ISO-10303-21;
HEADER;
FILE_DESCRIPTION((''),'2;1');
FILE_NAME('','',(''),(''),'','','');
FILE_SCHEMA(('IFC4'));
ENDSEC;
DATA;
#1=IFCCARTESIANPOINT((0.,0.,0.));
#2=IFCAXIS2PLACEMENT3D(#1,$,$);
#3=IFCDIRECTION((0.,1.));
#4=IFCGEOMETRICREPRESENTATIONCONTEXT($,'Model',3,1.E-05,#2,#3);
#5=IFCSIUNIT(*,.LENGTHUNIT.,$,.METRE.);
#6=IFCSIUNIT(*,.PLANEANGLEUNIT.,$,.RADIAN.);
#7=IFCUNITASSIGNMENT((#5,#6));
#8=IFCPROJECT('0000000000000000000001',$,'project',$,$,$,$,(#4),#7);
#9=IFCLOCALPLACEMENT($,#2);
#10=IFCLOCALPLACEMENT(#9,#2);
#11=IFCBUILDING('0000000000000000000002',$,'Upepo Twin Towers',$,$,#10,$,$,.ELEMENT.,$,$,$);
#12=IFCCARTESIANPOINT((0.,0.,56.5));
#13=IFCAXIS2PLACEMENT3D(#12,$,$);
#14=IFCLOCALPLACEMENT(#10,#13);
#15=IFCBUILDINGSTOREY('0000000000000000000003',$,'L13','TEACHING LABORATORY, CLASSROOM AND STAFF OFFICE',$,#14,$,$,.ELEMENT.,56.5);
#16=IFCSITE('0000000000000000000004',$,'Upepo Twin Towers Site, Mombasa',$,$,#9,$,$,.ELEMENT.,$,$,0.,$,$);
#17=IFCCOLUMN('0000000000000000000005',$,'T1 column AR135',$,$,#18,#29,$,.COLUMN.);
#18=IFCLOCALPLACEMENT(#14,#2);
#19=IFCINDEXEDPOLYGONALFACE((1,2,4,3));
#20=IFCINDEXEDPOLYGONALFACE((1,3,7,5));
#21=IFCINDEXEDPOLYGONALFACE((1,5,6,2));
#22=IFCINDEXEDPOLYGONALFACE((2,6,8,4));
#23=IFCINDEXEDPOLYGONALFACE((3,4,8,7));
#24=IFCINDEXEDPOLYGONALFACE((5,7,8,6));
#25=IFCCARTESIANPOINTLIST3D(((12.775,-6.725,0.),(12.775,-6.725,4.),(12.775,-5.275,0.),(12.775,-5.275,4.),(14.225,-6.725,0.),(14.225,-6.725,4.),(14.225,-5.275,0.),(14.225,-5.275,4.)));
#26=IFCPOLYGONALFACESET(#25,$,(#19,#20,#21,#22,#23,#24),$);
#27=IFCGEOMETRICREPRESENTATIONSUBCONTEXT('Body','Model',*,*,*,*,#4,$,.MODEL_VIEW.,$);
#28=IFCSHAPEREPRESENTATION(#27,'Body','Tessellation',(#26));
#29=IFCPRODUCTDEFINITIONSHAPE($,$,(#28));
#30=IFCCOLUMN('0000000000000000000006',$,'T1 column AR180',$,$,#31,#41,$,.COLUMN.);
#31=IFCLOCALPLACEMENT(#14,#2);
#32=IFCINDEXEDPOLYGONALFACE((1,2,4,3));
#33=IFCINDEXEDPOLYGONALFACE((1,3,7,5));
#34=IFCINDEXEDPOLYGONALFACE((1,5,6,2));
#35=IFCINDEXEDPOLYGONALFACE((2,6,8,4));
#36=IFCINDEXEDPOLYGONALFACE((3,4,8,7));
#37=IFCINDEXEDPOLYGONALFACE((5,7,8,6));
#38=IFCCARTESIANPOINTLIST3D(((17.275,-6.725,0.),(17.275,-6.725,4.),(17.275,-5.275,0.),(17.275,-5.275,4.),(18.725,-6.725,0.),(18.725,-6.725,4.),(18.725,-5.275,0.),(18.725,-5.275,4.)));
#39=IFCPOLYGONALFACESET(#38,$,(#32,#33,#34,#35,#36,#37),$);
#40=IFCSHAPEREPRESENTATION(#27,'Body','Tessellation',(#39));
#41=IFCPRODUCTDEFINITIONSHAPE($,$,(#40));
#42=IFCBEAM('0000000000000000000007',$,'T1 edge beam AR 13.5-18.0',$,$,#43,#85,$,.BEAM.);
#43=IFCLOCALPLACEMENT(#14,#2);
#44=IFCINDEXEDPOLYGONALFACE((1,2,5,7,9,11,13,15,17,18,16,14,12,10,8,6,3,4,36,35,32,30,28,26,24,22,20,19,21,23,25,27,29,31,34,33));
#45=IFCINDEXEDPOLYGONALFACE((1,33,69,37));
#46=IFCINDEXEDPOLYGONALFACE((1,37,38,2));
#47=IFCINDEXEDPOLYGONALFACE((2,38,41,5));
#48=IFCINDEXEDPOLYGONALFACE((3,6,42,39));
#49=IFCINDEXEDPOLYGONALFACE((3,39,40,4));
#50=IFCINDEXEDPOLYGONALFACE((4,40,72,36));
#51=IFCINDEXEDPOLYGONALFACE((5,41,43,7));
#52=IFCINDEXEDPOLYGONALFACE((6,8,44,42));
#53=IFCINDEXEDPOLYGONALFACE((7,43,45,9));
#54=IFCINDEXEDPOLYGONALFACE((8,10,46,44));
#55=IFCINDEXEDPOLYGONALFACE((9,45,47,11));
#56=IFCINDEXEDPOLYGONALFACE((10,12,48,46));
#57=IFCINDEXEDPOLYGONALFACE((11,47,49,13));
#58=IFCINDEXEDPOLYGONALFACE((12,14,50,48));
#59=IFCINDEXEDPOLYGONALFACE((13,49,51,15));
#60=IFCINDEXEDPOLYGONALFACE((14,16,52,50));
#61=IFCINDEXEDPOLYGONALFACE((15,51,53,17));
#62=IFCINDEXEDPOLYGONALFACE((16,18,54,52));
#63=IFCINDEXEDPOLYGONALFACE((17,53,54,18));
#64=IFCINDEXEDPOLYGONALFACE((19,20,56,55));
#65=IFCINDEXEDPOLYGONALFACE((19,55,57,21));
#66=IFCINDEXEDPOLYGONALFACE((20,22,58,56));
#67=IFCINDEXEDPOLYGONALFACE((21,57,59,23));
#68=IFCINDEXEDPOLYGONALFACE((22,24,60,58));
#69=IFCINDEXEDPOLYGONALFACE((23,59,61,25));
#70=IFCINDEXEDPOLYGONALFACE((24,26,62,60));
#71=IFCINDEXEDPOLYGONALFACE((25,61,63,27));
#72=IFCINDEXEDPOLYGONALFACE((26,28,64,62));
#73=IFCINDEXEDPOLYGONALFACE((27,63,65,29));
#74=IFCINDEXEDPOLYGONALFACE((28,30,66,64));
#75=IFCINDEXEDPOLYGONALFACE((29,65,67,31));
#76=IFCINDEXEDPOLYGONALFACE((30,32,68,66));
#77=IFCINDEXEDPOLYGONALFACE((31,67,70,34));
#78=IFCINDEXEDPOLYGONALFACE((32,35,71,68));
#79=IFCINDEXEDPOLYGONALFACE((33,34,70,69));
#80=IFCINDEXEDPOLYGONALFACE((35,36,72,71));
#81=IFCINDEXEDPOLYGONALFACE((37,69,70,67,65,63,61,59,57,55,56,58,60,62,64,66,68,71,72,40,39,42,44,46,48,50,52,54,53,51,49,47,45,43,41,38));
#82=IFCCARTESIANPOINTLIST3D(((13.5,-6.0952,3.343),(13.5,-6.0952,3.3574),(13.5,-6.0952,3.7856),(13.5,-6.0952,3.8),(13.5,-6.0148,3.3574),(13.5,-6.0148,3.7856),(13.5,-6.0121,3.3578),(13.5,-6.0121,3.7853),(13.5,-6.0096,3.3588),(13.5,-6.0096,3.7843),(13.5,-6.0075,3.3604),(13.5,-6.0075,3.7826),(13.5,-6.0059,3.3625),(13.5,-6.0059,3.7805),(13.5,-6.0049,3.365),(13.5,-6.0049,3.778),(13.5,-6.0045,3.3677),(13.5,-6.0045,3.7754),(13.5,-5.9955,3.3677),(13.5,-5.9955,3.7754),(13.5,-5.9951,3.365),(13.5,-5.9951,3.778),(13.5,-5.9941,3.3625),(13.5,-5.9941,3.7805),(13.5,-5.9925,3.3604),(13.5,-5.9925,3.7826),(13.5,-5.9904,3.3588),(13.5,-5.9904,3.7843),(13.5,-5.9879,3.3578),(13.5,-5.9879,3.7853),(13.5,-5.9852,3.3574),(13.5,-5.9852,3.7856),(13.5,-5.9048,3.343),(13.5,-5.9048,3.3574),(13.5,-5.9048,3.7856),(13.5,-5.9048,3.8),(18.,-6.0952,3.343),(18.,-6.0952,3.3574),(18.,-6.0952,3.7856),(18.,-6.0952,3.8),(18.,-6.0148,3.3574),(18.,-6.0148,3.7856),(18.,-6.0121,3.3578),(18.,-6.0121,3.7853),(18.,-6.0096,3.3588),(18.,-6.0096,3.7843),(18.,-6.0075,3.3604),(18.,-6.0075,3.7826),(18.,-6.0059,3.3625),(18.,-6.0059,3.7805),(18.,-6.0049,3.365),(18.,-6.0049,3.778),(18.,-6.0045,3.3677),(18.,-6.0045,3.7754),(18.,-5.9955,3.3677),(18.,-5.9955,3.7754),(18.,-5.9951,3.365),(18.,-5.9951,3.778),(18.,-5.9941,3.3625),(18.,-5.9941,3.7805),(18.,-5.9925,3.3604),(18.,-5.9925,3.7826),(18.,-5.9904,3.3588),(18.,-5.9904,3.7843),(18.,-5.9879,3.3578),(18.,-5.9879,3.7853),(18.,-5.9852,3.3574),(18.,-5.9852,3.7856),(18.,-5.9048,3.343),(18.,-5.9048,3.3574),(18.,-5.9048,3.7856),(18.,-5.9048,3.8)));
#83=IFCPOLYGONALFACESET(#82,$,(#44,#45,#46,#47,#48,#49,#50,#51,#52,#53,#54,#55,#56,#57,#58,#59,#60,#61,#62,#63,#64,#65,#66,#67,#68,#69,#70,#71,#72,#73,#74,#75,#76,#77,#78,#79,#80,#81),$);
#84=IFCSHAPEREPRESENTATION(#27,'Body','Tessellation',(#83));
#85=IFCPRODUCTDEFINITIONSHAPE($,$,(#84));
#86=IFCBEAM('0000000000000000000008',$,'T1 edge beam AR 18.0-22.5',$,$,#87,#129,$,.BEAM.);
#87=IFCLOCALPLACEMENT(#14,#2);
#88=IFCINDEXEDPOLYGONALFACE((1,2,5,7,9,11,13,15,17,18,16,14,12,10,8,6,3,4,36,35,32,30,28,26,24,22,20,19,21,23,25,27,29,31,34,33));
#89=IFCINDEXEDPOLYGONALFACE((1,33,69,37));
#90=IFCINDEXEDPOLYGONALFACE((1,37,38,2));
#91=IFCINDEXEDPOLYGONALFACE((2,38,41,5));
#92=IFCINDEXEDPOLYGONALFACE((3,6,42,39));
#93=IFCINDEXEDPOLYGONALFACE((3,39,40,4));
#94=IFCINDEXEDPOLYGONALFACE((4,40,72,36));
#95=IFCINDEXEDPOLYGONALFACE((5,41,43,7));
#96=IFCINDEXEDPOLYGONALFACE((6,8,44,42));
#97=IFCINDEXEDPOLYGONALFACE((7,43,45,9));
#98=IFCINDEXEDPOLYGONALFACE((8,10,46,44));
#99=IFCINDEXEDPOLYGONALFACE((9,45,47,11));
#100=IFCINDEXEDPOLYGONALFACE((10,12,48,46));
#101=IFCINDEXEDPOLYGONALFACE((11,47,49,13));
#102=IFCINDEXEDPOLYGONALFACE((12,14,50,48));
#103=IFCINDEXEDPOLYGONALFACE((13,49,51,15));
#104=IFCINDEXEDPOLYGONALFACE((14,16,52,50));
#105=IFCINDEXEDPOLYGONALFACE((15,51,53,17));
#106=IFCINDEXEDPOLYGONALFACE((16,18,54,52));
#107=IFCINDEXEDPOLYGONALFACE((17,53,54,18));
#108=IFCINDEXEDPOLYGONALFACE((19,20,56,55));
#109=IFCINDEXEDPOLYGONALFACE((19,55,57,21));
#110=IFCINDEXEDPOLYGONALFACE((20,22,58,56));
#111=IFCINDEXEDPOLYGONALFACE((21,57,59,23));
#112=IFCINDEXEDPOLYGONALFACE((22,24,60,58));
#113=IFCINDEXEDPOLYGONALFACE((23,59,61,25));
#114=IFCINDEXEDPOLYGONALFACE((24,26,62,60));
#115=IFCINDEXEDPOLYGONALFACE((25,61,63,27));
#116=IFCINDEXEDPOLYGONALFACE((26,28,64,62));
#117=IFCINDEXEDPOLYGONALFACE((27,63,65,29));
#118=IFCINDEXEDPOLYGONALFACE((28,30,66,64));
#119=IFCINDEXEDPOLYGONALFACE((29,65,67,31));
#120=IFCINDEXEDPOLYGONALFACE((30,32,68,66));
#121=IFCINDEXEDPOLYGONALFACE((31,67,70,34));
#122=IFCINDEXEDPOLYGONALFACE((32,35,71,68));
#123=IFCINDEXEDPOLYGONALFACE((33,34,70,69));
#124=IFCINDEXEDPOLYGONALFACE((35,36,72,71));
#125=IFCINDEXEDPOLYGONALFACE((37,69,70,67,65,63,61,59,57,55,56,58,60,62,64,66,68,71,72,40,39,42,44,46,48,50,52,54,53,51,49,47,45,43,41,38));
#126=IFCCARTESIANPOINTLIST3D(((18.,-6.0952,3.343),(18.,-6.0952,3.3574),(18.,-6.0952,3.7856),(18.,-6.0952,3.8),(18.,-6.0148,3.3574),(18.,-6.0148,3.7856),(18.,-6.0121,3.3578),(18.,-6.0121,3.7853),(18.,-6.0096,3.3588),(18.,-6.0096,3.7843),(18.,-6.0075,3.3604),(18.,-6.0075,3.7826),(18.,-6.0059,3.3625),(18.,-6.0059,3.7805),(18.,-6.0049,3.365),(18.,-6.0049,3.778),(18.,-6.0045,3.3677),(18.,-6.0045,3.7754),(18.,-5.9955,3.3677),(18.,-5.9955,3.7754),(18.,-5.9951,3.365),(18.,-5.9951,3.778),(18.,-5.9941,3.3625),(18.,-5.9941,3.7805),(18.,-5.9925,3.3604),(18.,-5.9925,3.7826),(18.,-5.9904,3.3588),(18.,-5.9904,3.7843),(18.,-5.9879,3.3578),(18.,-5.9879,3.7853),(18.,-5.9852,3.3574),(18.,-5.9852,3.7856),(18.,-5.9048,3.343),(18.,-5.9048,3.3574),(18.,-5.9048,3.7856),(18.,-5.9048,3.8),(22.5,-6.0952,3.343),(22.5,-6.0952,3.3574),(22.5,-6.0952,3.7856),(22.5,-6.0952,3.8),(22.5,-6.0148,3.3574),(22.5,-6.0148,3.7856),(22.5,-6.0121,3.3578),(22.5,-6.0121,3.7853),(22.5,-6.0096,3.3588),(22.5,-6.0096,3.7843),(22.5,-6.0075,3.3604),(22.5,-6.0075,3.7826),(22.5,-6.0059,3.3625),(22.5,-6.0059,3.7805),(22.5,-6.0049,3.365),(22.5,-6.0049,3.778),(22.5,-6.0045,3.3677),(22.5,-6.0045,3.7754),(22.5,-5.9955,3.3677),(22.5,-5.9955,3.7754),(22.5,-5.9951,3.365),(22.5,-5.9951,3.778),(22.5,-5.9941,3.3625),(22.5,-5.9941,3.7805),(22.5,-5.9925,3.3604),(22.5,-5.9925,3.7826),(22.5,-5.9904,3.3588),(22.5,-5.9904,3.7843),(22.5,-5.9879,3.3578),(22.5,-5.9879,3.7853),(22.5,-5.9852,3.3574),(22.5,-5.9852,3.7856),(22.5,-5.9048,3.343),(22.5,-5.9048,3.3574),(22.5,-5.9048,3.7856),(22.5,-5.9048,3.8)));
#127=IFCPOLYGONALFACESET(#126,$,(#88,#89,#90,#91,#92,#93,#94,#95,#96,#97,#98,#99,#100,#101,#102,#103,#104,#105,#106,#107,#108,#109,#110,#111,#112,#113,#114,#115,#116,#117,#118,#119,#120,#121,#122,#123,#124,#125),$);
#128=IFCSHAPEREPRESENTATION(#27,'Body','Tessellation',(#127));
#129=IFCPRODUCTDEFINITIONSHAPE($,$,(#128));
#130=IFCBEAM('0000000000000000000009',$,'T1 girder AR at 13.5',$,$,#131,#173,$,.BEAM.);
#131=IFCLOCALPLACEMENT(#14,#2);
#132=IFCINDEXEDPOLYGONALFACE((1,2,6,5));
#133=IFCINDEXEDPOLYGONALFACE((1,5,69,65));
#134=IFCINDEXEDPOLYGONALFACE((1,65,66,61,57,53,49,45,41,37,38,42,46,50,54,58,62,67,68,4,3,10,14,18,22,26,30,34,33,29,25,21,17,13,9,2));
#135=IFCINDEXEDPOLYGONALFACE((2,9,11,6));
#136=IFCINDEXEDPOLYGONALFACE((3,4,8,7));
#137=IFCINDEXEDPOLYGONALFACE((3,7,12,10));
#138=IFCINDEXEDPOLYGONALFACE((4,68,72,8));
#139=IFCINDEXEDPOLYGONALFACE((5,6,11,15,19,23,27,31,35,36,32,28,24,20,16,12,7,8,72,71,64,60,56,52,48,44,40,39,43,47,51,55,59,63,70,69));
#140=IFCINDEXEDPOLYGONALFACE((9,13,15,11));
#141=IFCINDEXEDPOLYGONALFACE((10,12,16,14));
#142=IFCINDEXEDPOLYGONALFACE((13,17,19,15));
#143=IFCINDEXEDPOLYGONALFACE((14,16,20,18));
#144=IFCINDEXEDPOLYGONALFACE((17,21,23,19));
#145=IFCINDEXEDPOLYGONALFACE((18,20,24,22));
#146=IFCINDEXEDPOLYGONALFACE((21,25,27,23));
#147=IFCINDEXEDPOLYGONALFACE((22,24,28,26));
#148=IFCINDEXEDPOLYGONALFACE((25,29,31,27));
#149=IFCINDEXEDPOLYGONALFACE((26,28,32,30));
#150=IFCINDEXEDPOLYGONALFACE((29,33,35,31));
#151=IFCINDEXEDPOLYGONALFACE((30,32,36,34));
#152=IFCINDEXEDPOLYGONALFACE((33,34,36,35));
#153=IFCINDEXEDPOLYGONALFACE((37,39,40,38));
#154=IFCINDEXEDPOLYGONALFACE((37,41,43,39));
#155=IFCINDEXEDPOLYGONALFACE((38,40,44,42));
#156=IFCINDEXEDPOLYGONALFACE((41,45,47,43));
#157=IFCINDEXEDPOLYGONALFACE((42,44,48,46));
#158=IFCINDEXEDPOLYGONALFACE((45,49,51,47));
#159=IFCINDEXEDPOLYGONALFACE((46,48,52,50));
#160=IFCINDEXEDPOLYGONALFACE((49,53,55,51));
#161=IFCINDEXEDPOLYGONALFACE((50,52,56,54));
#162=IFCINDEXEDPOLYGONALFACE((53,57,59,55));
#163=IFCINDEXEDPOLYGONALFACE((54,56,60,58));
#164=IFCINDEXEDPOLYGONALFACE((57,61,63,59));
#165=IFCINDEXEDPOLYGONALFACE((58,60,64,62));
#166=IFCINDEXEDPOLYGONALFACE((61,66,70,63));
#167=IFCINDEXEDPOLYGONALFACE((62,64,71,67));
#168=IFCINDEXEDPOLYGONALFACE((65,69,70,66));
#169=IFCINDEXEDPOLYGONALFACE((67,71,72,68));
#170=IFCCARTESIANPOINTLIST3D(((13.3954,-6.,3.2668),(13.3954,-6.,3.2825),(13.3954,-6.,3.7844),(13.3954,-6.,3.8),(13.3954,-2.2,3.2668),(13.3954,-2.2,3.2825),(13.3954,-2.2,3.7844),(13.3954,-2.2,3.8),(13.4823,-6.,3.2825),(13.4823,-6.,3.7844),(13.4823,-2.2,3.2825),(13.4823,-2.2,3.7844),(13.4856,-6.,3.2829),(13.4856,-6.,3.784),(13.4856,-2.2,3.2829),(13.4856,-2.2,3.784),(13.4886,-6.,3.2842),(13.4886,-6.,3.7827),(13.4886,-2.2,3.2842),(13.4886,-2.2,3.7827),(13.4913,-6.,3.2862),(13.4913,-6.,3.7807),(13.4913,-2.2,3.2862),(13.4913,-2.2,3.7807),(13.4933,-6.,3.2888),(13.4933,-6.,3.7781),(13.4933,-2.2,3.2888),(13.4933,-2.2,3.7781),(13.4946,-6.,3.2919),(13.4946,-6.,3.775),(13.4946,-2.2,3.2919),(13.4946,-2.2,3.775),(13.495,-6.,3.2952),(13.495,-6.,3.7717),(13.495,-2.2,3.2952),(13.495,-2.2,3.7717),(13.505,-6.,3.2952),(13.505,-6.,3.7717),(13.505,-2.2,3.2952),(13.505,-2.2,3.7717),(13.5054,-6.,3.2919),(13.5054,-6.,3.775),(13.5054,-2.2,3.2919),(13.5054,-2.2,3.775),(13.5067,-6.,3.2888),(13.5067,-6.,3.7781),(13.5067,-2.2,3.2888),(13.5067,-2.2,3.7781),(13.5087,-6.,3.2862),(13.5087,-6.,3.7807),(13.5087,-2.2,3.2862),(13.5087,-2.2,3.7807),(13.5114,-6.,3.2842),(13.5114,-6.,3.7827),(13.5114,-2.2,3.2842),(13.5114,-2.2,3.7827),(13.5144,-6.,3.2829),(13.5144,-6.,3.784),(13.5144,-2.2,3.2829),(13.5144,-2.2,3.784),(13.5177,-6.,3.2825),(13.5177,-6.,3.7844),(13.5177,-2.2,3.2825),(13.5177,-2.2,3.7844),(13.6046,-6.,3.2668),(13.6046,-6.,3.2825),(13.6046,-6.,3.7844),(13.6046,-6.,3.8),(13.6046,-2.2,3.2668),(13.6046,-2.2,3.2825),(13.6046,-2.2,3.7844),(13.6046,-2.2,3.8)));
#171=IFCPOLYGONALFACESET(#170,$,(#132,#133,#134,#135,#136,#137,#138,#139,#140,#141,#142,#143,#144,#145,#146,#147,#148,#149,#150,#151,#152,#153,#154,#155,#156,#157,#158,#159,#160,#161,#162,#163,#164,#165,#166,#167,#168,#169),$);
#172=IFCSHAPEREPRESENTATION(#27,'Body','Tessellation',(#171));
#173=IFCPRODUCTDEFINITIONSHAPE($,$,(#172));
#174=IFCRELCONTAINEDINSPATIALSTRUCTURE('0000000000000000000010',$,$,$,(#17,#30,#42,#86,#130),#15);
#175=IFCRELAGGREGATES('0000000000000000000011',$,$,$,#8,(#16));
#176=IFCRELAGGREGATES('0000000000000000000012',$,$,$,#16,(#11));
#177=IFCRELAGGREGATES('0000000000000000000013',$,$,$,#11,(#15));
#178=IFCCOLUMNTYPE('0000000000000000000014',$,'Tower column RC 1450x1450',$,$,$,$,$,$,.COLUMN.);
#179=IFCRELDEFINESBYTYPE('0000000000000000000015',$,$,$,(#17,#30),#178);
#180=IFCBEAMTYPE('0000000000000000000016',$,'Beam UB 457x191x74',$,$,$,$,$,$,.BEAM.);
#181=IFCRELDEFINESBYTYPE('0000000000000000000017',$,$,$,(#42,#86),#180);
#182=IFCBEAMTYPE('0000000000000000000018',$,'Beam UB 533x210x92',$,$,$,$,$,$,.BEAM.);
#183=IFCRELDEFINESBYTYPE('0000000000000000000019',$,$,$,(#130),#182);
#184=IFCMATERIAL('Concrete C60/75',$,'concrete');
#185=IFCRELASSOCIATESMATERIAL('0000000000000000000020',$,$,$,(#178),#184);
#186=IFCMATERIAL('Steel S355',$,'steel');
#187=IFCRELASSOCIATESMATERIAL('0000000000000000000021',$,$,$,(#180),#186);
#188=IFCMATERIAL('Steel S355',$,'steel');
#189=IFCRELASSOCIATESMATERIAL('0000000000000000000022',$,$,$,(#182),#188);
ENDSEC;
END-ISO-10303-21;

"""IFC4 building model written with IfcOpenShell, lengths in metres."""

from ifc_helpers import new_model, si_unit, direction, frame, origin, origin_2d, place, context, subcontext, project, spatial, rectangle, i_section, extrude, material, material_profile, profile_set, type_object, element, save


model = new_model("IFC4")

# Units and contexts
model_context = context("Model", 3, precision=1e-05, world=origin(), true_north=direction((0.0, 1.0)))
body_context = subcontext(model_context, "Body", "Model", "MODEL_VIEW")
ifc_project = project(units=[si_unit("LENGTHUNIT", "METRE"), si_unit("PLANEANGLEUNIT", "RADIAN")], contexts=[model_context])

# Site, building, storey
site_placement = place(None, origin())
site = spatial("IfcSite", under=ifc_project, at=site_placement, Name="Upepo Twin Towers Site, Mombasa", CompositionType="ELEMENT", RefElevation=0.0)
building_placement = place(site_placement, origin())
building = spatial("IfcBuilding", under=site, at=building_placement, Name="Upepo Twin Towers", CompositionType="ELEMENT")
storey_placement = place(building_placement, frame((0.0, 0.0, 56.5)))
storey = spatial("IfcBuildingStorey", under=building, at=storey_placement, Name="L13", Description="TEACHING LABORATORY, CLASSROOM AND STAFF OFFICE", CompositionType="ELEMENT", Elevation=56.5)

# Columns
ifc_material_1 = material(Name="Concrete C60/75", Category="concrete")
ifc_material_profile_1 = material_profile(ifc_material_1, rectangle(XDim=1.45, YDim=1.45, at=origin_2d()), Name="RC 1450x1450")
ifc_profile_set_1 = profile_set([ifc_material_profile_1], Name="Concrete C60/75")
column_type = type_object("IfcColumnType", Name="Tower column RC 1450x1450", PredefinedType="COLUMN", material=ifc_profile_set_1)
for number, where, z_axis, x_axis, name in (
    (1, (13.5, -6.0, 0.0), (0.0, 0.0, 1.0), (1.0, 0.0, 0.0), "T1 column AR135"),
    (2, (18.0, -6.0, 0.0), (0.0, 0.0, 1.0), (1.0, 0.0, 0.0), "T1 column AR180"),
):
    element("IfcColumn", number, at=place(storey_placement, frame(where, z_axis=z_axis, x_axis=x_axis)), inside=storey, type_object=column_type, Name=name, PredefinedType="COLUMN", context=body_context, shape_type="SweptSolid", body=[
        extrude(rectangle(XDim=1.45, YDim=1.45, at=origin_2d()), origin(), (0.0, 0.0, 1.0), 4.0),
    ])

# Beams
ifc_material_2 = material(Name="Steel S355", Category="steel")
ifc_material_profile_2 = material_profile(ifc_material_2, i_section(OverallWidth=0.1904, OverallDepth=0.457, WebThickness=0.009, FlangeThickness=0.0144, FilletRadius=0.0103, at=origin_2d()), Name="UB 457x191x74")
ifc_profile_set_2 = profile_set([ifc_material_profile_2], Name="Steel S355")
beam_type_1 = type_object("IfcBeamType", Name="Beam UB 457x191x74", PredefinedType="BEAM", material=ifc_profile_set_2)
for number, where, z_axis, x_axis, name in (
    (3, (13.5, -6.0, 3.5715), (1.0, 0.0, 0.0), (0.0, 1.0, 0.0), "T1 edge beam AR 13.5-18.0"),
    (4, (18.0, -6.0, 3.5715), (1.0, 0.0, 0.0), (0.0, 1.0, 0.0), "T1 edge beam AR 18.0-22.5"),
):
    element("IfcBeam", number, at=place(storey_placement, frame(where, z_axis=z_axis, x_axis=x_axis)), inside=storey, type_object=beam_type_1, Name=name, PredefinedType="BEAM", context=body_context, shape_type="SweptSolid", body=[
        extrude(i_section(OverallWidth=0.1904, OverallDepth=0.457, WebThickness=0.009, FlangeThickness=0.0144, FilletRadius=0.0103, at=origin_2d()), origin(), (0.0, 0.0, 1.0), 4.5),
    ])
ifc_material_3 = material(Name="Steel S355", Category="steel")
ifc_material_profile_3 = material_profile(ifc_material_3, i_section(OverallWidth=0.2092, OverallDepth=0.5332, WebThickness=0.01, FlangeThickness=0.0156, FilletRadius=0.0127, at=origin_2d()), Name="UB 533x210x92")
ifc_profile_set_3 = profile_set([ifc_material_profile_3], Name="Steel S355")
beam_type_2 = type_object("IfcBeamType", Name="Beam UB 533x210x92", PredefinedType="BEAM", material=ifc_profile_set_3)
for number, where, z_axis, x_axis, name in (
    (5, (13.5, -6.0, 3.5334), (0.0, 1.0, 0.0), (-1.0, 0.0, 0.0), "T1 girder AR at 13.5"),
):
    element("IfcBeam", number, at=place(storey_placement, frame(where, z_axis=z_axis, x_axis=x_axis)), inside=storey, type_object=beam_type_2, Name=name, PredefinedType="BEAM", context=body_context, shape_type="SweptSolid", body=[
        extrude(i_section(OverallWidth=0.2092, OverallDepth=0.5332, WebThickness=0.01, FlangeThickness=0.0156, FilletRadius=0.0127, at=origin_2d()), origin(), (0.0, 0.0, 1.0), 3.8),
    ])

save(model, "model.ifc")
